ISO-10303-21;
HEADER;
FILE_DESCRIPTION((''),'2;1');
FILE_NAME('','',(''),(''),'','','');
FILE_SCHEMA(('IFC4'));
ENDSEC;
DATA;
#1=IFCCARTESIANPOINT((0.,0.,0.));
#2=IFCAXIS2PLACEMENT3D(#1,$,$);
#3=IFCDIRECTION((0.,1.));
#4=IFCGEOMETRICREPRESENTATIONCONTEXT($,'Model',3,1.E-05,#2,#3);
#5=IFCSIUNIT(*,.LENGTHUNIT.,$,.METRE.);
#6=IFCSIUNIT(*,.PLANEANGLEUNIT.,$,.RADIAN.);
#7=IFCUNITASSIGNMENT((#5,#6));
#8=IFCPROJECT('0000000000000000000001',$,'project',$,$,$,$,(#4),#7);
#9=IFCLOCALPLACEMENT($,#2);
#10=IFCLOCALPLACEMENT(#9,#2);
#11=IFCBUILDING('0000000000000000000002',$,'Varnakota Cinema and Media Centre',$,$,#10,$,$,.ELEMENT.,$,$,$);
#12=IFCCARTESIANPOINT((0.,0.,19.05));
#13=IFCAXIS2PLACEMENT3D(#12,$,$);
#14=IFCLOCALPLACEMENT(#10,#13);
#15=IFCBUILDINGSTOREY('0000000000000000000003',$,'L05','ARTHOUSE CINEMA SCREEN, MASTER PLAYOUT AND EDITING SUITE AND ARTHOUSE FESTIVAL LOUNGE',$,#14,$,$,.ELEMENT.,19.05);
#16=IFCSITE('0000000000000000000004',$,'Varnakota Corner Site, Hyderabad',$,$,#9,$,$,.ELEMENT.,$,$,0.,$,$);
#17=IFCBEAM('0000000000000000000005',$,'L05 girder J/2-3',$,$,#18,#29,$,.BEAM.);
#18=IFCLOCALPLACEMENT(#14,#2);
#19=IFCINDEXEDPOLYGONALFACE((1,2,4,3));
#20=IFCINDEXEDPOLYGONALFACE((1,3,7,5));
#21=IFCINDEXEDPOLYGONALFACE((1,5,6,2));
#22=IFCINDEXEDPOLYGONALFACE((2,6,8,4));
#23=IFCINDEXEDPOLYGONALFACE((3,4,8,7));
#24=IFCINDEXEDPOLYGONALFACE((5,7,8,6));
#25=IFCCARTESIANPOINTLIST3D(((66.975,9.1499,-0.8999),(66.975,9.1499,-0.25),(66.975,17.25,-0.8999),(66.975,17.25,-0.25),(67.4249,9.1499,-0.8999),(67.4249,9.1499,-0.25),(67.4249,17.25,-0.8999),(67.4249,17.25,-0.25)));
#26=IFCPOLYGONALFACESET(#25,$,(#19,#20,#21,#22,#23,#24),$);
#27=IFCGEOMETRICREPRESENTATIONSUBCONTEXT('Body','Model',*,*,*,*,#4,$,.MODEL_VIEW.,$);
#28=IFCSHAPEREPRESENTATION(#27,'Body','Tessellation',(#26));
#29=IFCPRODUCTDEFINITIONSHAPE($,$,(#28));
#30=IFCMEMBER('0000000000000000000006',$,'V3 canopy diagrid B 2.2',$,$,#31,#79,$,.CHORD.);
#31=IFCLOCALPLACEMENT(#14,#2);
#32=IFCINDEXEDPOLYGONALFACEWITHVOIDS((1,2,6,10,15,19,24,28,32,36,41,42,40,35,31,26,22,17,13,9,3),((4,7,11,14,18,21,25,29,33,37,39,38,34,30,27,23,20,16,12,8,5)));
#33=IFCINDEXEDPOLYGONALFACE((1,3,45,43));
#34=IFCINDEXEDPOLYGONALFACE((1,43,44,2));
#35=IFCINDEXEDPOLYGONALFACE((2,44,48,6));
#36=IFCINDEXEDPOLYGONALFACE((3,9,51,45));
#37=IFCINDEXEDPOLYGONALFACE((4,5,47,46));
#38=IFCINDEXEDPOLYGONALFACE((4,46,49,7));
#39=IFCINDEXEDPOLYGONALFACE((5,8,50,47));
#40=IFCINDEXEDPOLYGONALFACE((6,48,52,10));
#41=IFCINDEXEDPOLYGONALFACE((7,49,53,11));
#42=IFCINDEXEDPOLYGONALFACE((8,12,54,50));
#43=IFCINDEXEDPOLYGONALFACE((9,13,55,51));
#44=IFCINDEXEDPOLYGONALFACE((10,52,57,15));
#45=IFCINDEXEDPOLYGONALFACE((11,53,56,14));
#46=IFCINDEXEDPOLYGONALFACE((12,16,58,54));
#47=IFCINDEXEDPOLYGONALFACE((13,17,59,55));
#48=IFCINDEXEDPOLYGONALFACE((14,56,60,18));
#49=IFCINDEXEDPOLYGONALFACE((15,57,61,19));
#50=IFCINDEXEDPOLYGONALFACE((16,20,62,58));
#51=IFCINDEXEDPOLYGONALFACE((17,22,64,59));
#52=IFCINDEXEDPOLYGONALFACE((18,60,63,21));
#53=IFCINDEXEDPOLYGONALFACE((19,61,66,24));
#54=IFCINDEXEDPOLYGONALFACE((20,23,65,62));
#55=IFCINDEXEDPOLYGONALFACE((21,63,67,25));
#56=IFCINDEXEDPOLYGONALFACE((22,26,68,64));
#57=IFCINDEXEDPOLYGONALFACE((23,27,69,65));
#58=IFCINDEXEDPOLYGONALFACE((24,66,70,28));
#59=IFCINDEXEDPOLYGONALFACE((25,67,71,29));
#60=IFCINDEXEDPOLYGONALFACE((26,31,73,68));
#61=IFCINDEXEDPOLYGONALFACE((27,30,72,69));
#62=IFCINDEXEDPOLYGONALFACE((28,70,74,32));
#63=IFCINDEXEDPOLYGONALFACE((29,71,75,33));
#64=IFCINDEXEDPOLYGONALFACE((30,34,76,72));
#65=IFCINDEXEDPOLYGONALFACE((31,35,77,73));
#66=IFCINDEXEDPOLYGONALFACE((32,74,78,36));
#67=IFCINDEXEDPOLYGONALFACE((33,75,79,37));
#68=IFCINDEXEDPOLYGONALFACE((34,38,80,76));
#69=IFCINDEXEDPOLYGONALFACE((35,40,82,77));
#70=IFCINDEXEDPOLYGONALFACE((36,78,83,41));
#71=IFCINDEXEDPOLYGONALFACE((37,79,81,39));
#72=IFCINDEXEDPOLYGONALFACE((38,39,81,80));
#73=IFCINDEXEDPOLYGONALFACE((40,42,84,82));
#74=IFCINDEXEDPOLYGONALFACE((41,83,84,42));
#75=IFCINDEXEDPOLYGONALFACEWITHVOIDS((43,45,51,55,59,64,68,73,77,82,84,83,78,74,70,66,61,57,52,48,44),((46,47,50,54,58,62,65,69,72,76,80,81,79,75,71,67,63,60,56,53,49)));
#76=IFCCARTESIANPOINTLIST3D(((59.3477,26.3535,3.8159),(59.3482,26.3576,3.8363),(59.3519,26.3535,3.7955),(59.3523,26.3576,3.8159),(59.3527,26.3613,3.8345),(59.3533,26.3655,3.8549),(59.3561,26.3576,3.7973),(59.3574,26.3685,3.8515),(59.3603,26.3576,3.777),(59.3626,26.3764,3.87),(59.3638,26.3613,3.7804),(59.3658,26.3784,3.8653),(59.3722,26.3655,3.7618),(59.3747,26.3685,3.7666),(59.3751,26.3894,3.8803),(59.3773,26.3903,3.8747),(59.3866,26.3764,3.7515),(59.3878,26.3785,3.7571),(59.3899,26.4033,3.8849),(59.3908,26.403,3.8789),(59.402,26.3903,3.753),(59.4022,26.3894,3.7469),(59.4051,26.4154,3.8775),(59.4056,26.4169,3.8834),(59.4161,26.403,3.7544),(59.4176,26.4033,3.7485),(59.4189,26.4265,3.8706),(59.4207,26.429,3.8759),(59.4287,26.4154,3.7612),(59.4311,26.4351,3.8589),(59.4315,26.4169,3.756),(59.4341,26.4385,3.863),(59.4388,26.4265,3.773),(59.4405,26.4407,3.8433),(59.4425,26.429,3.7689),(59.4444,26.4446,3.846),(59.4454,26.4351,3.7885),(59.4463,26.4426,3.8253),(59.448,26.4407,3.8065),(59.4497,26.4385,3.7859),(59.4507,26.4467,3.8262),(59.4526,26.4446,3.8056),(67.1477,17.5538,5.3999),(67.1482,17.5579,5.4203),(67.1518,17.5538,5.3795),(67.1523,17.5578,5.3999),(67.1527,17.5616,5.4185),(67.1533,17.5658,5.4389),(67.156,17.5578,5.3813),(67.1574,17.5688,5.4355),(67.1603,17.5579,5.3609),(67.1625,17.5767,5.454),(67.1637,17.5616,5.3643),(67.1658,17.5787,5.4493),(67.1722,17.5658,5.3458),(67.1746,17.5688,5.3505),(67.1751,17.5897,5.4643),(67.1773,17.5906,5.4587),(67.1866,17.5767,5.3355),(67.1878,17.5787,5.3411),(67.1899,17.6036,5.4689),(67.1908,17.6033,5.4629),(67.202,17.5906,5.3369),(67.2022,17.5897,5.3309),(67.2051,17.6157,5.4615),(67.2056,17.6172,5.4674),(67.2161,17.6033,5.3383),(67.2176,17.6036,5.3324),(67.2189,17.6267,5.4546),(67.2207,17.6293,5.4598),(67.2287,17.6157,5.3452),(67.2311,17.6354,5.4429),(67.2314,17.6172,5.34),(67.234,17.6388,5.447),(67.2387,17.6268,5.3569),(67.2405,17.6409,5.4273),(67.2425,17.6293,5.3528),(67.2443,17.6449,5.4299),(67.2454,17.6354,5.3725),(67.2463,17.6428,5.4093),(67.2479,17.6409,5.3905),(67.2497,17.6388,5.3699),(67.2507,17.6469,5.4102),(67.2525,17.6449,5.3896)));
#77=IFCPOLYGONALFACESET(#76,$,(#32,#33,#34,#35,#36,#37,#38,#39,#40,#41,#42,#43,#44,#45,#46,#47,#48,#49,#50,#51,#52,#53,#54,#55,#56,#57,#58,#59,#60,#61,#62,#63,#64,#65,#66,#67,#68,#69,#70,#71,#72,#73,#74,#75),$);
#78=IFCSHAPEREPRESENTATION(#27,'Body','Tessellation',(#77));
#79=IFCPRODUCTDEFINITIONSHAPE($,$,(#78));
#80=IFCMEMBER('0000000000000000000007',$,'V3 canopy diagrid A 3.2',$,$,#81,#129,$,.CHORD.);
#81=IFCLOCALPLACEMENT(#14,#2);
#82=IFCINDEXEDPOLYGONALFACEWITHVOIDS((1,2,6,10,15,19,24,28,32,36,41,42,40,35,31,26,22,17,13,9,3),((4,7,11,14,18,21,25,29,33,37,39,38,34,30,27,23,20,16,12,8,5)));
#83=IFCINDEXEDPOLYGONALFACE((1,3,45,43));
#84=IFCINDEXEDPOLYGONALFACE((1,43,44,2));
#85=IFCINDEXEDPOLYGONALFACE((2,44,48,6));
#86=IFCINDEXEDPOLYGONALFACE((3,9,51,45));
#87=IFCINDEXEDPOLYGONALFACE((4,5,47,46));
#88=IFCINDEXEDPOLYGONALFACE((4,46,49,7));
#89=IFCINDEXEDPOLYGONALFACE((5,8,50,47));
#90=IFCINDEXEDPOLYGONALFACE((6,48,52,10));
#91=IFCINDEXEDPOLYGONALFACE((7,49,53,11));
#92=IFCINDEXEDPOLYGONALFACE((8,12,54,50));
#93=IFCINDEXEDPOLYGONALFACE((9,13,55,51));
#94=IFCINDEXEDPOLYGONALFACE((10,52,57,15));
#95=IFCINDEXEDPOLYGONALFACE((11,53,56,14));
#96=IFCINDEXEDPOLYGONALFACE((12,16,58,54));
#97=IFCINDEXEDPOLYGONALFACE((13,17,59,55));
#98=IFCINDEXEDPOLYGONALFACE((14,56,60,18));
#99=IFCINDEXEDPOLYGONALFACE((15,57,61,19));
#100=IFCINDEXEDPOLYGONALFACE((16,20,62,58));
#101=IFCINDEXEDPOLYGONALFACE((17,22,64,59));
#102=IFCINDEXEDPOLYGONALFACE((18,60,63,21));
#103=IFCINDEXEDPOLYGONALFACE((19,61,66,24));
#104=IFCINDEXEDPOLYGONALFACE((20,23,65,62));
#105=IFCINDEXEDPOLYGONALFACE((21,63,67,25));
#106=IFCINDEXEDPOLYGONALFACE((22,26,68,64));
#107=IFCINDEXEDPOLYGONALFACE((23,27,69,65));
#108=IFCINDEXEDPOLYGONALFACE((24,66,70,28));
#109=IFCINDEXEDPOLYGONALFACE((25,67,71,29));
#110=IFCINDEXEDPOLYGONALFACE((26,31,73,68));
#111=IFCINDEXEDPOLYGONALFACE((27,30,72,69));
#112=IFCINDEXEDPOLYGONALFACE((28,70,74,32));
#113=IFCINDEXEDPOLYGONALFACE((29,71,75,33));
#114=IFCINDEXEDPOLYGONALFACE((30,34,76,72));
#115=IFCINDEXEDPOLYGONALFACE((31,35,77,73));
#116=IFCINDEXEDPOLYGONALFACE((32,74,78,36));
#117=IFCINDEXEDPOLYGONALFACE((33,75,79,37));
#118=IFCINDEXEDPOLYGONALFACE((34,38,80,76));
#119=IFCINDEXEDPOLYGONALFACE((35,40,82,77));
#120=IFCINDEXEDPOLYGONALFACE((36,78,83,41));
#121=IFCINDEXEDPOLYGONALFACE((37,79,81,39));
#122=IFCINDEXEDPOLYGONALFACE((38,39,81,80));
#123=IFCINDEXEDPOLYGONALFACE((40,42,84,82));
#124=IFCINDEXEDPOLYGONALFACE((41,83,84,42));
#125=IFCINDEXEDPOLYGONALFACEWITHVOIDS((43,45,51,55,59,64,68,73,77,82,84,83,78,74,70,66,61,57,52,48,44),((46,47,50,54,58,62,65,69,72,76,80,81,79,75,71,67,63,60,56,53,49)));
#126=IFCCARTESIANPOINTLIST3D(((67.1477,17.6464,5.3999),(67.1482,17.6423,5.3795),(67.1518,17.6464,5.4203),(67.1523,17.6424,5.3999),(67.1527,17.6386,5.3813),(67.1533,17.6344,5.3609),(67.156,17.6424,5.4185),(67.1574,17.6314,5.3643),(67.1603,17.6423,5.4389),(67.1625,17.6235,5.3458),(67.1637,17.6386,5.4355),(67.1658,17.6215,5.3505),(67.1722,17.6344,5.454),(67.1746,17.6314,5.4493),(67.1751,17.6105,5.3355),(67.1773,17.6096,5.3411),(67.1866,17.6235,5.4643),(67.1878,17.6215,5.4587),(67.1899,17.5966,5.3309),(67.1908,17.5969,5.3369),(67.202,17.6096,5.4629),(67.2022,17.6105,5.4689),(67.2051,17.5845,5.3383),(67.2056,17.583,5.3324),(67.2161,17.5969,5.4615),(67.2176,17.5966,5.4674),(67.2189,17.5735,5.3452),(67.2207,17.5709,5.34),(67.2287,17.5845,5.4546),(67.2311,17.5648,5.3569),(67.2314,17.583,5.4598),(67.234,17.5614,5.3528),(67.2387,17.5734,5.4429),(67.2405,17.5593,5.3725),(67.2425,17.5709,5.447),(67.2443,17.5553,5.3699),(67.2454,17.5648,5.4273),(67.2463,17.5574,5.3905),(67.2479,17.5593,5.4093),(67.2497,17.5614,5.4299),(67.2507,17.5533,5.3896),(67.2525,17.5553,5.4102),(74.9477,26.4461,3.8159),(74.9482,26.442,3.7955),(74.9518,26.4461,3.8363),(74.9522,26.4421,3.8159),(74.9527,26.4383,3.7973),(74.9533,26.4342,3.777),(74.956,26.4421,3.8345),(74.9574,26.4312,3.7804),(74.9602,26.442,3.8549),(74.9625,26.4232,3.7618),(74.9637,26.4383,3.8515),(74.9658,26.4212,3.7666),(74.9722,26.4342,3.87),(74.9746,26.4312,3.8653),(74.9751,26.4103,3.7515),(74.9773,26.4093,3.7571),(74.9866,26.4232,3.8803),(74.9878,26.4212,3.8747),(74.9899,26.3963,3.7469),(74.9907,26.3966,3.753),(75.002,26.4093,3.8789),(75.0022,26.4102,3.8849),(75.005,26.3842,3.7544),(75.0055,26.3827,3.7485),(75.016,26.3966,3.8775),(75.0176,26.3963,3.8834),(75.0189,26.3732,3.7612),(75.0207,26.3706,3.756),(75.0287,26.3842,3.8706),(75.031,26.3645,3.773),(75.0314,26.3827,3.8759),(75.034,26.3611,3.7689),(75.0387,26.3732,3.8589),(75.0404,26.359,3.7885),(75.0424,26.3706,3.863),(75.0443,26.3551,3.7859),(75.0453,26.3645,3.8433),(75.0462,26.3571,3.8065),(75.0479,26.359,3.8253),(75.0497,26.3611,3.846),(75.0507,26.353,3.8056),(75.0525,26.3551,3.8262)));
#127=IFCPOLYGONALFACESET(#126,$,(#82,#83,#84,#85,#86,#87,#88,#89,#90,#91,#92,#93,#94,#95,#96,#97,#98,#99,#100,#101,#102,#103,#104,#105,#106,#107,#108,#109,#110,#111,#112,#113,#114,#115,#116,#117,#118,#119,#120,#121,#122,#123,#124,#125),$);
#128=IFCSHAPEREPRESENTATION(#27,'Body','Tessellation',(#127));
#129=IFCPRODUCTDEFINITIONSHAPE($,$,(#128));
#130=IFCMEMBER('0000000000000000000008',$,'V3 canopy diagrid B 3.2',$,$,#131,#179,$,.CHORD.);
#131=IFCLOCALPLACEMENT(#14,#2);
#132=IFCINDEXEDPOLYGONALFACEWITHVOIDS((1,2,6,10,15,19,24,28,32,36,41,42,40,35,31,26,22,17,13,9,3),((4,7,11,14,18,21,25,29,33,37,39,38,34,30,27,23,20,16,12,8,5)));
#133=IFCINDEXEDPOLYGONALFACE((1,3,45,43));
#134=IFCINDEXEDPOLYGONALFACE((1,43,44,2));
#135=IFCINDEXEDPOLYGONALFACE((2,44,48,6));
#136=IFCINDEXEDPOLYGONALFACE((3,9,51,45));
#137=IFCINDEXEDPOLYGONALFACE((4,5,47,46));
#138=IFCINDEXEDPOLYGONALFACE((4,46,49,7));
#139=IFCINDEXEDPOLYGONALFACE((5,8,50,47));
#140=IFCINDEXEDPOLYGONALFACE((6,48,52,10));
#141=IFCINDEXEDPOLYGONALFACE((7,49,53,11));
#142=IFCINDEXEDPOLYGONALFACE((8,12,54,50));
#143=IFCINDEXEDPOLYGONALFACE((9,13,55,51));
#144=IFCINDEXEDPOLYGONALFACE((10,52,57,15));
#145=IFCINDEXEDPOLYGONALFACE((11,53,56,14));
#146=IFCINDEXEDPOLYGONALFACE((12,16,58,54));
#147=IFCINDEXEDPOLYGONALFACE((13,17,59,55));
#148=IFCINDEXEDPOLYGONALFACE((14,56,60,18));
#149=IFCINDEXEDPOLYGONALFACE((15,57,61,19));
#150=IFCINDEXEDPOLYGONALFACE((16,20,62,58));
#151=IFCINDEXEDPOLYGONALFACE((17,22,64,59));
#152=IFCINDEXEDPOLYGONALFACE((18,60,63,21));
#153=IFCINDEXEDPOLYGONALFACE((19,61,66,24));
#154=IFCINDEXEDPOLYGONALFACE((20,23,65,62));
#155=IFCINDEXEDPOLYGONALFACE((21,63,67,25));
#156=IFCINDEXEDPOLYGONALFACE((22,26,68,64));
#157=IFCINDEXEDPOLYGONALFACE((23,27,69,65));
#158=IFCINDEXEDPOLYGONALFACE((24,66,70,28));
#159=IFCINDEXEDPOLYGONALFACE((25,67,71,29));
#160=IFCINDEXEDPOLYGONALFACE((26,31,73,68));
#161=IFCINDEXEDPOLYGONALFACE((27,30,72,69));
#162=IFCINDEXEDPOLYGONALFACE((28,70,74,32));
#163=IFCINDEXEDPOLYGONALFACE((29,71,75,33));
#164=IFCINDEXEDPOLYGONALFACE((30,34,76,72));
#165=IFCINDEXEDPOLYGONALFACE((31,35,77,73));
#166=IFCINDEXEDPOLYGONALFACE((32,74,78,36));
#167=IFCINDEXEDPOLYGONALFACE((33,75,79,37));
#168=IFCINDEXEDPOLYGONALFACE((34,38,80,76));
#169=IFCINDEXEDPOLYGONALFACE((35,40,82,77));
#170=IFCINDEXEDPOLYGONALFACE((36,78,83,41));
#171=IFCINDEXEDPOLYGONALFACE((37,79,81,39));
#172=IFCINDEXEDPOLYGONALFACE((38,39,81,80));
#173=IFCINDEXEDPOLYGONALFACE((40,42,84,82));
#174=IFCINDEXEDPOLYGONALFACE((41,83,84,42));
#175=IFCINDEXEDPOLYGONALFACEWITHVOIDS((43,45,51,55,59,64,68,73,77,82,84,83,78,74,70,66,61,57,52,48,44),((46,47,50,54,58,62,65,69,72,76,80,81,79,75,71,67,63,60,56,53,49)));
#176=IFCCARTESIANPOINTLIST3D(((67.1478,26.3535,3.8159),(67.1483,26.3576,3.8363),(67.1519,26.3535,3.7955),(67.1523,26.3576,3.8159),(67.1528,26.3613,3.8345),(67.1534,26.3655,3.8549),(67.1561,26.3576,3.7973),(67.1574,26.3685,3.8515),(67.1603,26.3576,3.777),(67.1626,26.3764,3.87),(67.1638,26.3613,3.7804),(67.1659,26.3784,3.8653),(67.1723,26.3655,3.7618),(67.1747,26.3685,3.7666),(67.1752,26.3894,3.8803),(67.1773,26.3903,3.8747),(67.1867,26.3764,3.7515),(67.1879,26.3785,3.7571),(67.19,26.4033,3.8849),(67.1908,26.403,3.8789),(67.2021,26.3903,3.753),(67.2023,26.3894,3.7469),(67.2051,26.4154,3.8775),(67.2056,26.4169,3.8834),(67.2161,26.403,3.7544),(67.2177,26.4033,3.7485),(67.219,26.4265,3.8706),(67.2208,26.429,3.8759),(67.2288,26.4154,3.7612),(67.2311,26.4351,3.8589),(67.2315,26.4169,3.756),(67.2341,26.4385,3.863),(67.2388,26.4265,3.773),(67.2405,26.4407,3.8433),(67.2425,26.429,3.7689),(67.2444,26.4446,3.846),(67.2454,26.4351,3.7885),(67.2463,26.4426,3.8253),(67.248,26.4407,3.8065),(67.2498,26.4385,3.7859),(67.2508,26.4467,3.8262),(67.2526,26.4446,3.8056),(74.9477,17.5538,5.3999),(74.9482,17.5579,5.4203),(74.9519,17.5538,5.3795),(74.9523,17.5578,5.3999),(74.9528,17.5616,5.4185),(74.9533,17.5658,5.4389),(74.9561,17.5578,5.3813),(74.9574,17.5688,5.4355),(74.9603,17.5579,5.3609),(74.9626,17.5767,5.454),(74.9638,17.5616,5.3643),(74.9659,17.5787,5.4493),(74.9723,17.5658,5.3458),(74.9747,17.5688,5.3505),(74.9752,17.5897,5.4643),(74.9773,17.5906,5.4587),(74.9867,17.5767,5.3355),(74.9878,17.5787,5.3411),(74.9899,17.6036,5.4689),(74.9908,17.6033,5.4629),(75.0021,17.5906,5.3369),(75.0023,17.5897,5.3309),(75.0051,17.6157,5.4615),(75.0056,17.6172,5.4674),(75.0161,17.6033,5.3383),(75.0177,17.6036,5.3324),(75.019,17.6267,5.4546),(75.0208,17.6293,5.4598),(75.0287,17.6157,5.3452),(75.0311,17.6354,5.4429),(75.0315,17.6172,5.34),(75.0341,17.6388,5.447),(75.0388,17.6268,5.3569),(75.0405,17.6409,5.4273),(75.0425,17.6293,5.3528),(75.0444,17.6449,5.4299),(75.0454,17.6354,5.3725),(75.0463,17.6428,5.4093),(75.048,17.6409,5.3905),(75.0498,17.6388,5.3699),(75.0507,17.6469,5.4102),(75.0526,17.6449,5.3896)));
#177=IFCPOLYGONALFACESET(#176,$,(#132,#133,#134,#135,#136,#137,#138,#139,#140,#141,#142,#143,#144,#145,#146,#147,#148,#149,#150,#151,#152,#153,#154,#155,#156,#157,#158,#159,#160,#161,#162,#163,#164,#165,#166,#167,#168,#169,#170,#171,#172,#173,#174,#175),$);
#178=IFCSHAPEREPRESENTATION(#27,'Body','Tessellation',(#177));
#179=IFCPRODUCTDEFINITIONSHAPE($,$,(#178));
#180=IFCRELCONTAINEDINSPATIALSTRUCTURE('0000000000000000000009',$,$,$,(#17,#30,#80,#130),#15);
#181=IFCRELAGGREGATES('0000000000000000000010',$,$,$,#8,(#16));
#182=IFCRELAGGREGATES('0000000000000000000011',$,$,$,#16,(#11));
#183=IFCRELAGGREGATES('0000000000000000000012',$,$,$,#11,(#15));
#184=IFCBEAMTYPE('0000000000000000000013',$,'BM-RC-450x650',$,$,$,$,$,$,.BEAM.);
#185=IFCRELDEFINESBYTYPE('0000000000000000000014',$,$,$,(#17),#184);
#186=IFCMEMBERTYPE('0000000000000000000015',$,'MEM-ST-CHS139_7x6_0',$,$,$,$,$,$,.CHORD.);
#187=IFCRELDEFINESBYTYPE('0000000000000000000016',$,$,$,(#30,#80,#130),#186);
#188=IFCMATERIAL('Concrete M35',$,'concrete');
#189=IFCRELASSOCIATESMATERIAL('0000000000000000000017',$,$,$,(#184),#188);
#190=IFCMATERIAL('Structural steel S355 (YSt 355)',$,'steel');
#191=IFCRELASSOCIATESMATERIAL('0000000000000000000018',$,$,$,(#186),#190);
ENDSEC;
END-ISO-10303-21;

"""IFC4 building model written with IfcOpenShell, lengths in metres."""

from ifc_helpers import new_model, si_unit, direction, frame, origin, origin_2d, place, context, subcontext, project, spatial, rectangle, hollow_circle, extrude, material, material_profile, profile_set, type_object, element, save


model = new_model("IFC4")

# Units and contexts
model_context = context("Model", 3, precision=1e-05, world=origin(), true_north=direction((0.0, 1.0)))
body_context = subcontext(model_context, "Body", "Model", "MODEL_VIEW")
ifc_project = project(units=[si_unit("LENGTHUNIT", "METRE"), si_unit("PLANEANGLEUNIT", "RADIAN")], contexts=[model_context])

# Site, building, storey
site_placement = place(None, origin())
site = spatial("IfcSite", under=ifc_project, at=site_placement, Name="Varnakota Corner Site, Hyderabad", CompositionType="ELEMENT", RefElevation=0.0)
building_placement = place(site_placement, origin())
building = spatial("IfcBuilding", under=site, at=building_placement, Name="Varnakota Cinema and Media Centre", CompositionType="ELEMENT")
storey_placement = place(building_placement, frame((0.0, 0.0, 19.05)))
storey = spatial("IfcBuildingStorey", under=building, at=storey_placement, Name="L05", Description="ARTHOUSE CINEMA SCREEN, MASTER PLAYOUT AND EDITING SUITE AND ARTHOUSE FESTIVAL LOUNGE", CompositionType="ELEMENT", Elevation=19.05)

# Beam
ifc_material_1 = material(Name="Concrete M35", Category="concrete")
ifc_material_profile_1 = material_profile(ifc_material_1, rectangle(XDim=0.45, YDim=0.6499, at=origin_2d()), Name="RCB 450x650")
ifc_profile_set_1 = profile_set([ifc_material_profile_1], Name="Concrete M35")
beam_type_1 = type_object("IfcBeamType", Name="BM-RC-450x650", PredefinedType="BEAM", material=ifc_profile_set_1)
beam_1_placement = place(storey_placement, frame((67.2, 9.1499, -0.575), z_axis=(0.0, 1.0, 0.0), x_axis=(-1.0, 0.0, 0.0)))
element("IfcBeam", 1, at=beam_1_placement, inside=storey, type_object=beam_type_1, Name="L05 girder J/2-3", PredefinedType="BEAM", context=body_context, shape_type="SweptSolid", body=[
    extrude(rectangle(XDim=0.45, YDim=0.6499, at=origin_2d()), origin(), (0.0, 0.0, 1.0), 8.1001),
])

# Members
ifc_material_2 = material(Name="Structural steel S355 (YSt 355)", Category="steel")
ifc_material_profile_2 = material_profile(ifc_material_2, hollow_circle(Radius=0.0698, WallThickness=0.0061, at=origin_2d()), Name="CHS 139.7x6.0")
ifc_profile_set_2 = profile_set([ifc_material_profile_2], Name="Structural steel S355 (YSt 355)")
member_type_1 = type_object("IfcMemberType", Name="MEM-ST-CHS139_7x6_0", PredefinedType="CHORD", material=ifc_profile_set_2)
for number, where, z_axis, x_axis, name in (
    (2, (67.2, 17.6001, 5.3999), (-0.657381, 0.741639, -0.133497), (-0.748338, -0.663318, 0.0), "V3 canopy diagrid B 2.2"),
    (3, (67.2, 17.6001, 5.3999), (0.657381, 0.741639, -0.133497), (-0.748338, 0.663318, 0.0), "V3 canopy diagrid A 3.2"),
    (4, (75.0, 17.6001, 5.3999), (-0.657381, 0.741639, -0.133497), (-0.748338, -0.663318, 0.0), "V3 canopy diagrid B 3.2"),
):
    element("IfcMember", number, at=place(storey_placement, frame(where, z_axis=z_axis, x_axis=x_axis)), inside=storey, type_object=member_type_1, Name=name, PredefinedType="CHORD", context=body_context, shape_type="SweptSolid", body=[
        extrude(hollow_circle(Radius=0.0698, WallThickness=0.0061, at=origin_2d()), origin(), (0.0, 0.0, 1.0), 11.8652),
    ])

save(model, "model.ifc")
